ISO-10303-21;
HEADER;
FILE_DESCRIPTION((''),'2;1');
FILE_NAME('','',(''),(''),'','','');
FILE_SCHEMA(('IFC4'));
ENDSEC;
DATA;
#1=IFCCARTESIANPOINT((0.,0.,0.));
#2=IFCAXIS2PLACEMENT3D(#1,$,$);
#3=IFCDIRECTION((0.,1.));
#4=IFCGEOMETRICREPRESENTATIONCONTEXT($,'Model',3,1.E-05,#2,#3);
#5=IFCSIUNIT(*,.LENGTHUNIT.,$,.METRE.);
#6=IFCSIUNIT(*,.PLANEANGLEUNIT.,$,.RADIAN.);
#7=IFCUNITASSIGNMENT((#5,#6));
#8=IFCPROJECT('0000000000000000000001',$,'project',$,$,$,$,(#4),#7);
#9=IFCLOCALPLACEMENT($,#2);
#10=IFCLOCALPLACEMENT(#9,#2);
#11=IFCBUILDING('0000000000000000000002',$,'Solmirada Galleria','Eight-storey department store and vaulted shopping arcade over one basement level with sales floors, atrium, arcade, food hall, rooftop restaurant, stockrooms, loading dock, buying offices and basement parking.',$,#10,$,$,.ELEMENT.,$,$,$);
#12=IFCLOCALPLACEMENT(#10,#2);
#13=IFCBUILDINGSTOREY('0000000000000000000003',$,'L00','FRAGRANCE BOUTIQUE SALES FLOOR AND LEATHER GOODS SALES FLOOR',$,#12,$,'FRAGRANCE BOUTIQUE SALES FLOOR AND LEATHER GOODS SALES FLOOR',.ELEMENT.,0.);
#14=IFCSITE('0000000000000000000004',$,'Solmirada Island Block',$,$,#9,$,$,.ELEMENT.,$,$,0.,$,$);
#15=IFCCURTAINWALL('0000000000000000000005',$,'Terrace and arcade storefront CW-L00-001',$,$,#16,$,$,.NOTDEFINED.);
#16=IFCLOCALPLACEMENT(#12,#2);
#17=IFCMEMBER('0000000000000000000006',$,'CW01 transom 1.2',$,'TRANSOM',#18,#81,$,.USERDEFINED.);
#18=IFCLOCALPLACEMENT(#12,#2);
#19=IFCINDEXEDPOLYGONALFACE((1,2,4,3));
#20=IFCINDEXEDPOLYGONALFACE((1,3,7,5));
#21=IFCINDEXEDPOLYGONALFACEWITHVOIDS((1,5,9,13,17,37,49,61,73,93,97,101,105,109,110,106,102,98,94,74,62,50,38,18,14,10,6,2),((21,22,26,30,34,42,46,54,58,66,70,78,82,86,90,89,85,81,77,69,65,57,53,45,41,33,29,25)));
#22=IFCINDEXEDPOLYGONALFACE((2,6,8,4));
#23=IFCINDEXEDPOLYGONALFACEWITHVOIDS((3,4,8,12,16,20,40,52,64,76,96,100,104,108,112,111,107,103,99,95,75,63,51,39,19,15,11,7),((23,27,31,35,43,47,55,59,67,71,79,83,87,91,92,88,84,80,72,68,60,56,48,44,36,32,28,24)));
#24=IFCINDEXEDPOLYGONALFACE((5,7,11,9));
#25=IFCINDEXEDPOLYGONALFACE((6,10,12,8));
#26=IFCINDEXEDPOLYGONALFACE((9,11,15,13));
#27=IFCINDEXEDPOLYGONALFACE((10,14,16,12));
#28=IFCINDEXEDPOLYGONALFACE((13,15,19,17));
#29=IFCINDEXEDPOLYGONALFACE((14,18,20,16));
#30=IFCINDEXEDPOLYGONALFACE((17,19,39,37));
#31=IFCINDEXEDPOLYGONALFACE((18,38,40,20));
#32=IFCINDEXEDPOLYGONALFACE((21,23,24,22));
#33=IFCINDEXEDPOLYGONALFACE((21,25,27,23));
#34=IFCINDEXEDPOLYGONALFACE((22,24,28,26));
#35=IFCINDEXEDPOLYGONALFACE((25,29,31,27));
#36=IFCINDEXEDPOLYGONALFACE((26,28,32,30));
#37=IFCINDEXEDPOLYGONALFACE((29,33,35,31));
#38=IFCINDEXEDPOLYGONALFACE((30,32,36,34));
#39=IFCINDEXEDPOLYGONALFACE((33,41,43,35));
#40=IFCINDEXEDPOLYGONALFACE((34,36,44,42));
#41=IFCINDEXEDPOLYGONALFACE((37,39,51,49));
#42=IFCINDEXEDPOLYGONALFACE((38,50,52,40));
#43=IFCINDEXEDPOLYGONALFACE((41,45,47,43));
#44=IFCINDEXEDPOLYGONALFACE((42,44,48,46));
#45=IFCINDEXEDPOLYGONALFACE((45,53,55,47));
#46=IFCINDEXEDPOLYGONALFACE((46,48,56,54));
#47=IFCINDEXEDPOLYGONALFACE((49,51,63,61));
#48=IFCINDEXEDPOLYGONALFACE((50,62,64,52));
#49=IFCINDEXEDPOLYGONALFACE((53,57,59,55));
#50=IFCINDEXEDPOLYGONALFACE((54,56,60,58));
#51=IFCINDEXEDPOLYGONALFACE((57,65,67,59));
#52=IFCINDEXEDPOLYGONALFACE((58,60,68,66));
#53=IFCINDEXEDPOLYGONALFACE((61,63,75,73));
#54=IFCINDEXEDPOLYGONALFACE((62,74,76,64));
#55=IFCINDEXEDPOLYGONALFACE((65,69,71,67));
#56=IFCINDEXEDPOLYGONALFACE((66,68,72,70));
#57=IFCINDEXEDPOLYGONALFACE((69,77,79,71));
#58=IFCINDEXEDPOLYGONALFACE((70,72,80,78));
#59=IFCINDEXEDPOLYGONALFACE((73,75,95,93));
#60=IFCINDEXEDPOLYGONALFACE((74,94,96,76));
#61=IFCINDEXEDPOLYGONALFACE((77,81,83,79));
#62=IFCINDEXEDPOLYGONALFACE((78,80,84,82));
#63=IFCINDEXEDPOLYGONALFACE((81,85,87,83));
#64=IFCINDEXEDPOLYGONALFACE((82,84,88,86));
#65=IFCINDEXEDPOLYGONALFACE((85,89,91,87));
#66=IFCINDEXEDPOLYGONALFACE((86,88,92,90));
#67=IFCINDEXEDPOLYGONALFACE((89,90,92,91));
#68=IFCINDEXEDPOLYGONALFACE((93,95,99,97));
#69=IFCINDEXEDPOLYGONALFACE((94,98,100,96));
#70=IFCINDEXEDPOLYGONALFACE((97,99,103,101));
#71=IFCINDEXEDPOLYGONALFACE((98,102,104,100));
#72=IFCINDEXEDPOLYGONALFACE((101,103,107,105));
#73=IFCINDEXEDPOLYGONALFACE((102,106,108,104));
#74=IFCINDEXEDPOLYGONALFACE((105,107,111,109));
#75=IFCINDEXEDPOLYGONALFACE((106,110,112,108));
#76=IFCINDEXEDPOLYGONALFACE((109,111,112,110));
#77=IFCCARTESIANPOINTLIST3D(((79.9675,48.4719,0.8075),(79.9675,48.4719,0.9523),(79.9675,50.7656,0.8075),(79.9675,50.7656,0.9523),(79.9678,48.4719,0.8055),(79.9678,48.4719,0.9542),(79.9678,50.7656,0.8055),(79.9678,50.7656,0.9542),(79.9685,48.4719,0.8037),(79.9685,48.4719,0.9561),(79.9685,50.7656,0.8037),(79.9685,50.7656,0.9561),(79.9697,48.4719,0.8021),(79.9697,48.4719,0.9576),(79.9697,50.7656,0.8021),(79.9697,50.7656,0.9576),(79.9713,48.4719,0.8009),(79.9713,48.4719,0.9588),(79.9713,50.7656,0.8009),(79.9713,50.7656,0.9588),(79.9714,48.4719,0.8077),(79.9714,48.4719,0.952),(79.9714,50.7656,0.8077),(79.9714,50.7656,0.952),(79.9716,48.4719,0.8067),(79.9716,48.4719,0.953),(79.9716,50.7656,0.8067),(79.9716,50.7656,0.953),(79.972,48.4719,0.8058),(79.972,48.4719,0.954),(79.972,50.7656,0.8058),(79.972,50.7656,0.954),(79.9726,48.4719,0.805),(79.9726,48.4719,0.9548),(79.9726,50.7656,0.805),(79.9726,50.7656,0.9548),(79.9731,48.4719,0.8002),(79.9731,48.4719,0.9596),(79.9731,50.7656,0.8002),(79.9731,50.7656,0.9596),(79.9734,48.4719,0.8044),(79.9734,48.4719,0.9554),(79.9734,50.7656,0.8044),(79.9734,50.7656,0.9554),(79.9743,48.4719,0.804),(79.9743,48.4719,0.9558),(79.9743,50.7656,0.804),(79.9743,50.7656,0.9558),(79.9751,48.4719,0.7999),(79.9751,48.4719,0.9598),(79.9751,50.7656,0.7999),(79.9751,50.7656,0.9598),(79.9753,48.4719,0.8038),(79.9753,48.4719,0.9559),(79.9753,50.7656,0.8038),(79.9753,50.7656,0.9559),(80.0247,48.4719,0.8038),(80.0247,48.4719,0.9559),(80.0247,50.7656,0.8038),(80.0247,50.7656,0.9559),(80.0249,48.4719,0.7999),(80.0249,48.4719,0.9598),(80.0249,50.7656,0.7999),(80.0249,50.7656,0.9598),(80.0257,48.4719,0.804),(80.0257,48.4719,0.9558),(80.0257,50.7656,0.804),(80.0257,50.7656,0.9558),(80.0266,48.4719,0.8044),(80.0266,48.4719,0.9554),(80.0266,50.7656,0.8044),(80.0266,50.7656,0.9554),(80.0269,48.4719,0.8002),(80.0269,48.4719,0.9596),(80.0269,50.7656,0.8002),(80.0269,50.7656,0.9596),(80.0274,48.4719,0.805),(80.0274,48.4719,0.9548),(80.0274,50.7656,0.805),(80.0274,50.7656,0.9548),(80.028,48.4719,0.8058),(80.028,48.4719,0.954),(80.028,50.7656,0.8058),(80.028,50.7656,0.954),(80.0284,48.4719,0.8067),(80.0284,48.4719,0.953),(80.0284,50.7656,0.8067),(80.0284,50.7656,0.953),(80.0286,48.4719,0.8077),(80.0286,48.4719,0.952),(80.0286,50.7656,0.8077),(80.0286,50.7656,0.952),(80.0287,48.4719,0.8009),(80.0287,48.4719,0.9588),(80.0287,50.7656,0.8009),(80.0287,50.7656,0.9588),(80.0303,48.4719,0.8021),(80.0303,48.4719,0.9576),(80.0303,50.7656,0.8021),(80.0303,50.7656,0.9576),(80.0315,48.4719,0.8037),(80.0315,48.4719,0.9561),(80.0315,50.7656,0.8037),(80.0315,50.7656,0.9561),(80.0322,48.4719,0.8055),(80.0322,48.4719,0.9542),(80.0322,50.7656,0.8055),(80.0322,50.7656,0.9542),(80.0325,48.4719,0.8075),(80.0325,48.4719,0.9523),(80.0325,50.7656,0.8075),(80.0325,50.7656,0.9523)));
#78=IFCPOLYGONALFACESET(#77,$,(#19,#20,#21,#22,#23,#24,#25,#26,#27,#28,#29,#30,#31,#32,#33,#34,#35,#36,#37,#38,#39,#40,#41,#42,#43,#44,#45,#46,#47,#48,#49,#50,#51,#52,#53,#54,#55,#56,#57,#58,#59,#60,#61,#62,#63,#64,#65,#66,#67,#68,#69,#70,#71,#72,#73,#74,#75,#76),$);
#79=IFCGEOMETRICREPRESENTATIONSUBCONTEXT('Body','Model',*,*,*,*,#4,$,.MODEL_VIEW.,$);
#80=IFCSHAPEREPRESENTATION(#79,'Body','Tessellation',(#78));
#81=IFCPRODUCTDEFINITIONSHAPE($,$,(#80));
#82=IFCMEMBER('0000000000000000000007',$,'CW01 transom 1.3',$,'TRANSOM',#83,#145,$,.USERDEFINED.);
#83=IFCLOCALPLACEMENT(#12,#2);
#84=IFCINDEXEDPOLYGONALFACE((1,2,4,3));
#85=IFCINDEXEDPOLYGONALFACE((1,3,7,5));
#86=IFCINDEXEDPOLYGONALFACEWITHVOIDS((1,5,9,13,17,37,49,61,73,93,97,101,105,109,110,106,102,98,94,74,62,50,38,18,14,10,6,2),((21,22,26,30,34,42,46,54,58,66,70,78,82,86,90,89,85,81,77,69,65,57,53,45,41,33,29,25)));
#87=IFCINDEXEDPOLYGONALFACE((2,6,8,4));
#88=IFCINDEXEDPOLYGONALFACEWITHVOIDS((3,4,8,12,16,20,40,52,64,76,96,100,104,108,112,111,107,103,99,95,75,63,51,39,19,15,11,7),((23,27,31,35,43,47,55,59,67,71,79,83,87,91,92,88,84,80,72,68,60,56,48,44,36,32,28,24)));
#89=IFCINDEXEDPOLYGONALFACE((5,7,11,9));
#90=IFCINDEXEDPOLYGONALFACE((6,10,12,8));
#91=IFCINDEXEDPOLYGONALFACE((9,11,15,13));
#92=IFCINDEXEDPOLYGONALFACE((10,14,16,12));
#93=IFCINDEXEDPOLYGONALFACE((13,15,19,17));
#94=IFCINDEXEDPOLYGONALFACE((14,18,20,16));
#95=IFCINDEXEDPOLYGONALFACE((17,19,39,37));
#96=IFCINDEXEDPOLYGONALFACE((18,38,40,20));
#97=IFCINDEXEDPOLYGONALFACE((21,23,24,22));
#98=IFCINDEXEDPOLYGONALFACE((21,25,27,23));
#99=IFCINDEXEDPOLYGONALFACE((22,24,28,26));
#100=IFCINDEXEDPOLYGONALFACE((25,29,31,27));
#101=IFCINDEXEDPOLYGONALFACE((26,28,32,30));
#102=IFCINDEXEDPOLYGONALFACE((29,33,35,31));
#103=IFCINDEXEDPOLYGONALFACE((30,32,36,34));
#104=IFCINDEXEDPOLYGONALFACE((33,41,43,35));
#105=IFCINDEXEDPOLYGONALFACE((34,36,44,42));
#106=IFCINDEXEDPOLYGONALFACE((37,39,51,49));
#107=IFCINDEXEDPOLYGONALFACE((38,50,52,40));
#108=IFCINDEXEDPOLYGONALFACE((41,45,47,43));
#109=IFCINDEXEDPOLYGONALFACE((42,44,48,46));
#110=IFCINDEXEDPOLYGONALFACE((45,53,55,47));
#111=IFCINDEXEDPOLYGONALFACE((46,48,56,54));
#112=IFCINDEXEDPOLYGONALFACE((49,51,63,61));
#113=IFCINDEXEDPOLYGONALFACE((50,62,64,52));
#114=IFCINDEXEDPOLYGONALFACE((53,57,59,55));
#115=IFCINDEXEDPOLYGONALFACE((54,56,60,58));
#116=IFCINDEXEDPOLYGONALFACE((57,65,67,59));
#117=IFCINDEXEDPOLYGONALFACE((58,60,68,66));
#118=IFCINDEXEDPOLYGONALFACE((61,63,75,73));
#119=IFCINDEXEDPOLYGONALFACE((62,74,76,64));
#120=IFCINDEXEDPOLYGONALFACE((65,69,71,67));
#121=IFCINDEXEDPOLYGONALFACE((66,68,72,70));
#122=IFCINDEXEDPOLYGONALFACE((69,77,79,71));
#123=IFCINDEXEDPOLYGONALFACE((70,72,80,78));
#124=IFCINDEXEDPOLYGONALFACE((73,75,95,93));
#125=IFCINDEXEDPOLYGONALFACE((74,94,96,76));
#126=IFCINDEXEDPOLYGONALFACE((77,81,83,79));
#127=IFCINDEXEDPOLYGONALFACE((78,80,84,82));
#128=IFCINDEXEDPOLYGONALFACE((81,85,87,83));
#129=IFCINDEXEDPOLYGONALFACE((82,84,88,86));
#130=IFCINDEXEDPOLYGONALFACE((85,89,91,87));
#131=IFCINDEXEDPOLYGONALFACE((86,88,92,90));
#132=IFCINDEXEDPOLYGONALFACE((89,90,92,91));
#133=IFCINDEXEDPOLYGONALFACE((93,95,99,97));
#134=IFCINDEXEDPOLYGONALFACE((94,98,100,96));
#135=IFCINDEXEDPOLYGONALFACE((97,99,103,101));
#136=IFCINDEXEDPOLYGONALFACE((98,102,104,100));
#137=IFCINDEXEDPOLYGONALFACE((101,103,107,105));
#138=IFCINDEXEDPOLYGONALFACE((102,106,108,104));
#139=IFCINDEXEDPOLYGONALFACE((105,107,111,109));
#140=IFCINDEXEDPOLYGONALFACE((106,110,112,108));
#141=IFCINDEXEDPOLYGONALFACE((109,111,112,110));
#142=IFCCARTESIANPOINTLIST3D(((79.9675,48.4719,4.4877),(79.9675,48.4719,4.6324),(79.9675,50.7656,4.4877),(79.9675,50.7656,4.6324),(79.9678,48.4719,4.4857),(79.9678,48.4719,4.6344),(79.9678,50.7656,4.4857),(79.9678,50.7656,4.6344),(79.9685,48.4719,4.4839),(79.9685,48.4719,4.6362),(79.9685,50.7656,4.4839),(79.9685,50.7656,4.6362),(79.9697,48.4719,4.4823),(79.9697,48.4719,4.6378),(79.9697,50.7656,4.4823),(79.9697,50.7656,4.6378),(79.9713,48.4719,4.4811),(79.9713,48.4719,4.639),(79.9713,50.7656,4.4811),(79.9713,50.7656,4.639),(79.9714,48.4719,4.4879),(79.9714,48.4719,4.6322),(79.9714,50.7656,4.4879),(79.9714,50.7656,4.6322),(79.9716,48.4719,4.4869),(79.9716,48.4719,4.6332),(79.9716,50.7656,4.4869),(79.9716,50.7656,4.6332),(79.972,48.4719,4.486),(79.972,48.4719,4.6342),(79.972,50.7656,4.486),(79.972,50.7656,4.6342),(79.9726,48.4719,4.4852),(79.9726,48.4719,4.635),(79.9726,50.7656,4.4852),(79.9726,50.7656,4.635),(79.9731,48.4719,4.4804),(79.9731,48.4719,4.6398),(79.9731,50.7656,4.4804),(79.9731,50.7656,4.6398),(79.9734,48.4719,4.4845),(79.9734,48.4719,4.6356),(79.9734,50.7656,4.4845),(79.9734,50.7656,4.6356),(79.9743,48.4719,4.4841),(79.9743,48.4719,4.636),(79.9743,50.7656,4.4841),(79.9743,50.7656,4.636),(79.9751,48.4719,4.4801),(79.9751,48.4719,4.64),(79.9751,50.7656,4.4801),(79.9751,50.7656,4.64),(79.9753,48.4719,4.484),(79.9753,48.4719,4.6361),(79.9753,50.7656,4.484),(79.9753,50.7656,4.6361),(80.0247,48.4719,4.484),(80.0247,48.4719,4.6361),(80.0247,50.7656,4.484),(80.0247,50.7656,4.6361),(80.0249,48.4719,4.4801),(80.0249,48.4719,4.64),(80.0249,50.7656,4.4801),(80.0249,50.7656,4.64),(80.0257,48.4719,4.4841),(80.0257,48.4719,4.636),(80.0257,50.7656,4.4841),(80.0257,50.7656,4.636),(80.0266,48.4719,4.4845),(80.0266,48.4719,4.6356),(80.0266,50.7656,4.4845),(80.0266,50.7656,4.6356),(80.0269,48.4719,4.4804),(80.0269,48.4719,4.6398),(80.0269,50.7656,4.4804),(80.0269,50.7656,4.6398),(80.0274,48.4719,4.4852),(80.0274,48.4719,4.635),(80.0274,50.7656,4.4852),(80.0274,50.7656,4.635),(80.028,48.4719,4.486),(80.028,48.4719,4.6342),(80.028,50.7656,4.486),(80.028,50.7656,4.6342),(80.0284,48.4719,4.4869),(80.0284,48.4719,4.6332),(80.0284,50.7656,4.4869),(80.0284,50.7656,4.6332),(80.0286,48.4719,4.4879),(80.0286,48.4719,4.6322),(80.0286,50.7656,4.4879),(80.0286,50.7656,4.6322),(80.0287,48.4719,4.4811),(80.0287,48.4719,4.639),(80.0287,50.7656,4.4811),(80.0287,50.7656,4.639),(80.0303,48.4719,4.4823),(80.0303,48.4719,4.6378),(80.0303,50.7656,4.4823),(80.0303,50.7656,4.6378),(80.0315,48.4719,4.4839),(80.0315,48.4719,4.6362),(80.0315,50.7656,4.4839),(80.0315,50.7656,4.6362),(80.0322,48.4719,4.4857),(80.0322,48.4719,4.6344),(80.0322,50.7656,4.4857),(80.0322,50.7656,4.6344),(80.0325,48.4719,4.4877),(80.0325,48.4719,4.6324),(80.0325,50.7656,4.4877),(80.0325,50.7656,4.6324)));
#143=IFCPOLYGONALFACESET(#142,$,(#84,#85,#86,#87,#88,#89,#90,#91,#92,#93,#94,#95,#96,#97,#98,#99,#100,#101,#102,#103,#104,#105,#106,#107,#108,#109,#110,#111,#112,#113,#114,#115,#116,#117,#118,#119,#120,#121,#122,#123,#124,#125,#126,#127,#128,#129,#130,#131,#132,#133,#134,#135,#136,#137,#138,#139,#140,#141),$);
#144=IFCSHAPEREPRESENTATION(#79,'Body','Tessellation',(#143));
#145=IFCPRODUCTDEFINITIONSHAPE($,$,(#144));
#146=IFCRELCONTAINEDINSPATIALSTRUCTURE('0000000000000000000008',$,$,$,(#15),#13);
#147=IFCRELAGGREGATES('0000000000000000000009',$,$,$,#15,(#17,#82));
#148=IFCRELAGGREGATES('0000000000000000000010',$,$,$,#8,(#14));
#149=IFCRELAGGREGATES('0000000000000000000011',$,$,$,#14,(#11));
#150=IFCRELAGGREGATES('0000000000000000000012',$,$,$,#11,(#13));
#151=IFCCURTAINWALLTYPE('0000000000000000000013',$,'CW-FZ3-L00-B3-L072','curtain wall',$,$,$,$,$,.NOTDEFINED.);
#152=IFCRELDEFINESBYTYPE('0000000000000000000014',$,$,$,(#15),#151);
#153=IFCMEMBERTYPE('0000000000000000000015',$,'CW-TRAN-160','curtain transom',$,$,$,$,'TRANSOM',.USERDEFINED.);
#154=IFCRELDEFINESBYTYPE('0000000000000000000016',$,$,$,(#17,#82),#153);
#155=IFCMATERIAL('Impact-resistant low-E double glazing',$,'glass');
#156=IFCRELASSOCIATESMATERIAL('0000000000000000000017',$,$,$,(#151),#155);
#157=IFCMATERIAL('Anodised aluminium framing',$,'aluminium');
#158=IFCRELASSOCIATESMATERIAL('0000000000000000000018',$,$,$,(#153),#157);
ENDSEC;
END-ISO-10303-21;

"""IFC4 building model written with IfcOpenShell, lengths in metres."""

from ifc_helpers import new_model, si_unit, direction, frame, origin, origin_2d, place, context, subcontext, project, spatial, hollow_rectangle, extrude, material, material_profile, profile_set, type_object, element, aggregate, save


model = new_model("IFC4")

# Units and contexts
model_context = context("Model", 3, precision=1e-05, world=origin(), true_north=direction((0.0, 1.0)))
body_context = subcontext(model_context, "Body", "Model", "MODEL_VIEW")
ifc_project = project(units=[si_unit("LENGTHUNIT", "METRE"), si_unit("PLANEANGLEUNIT", "RADIAN")], contexts=[model_context])

# Site, building, storey
site_placement = place(None, origin())
site = spatial("IfcSite", under=ifc_project, at=site_placement, Name="Solmirada Island Block", CompositionType="ELEMENT", RefElevation=0.0)
building_placement = place(site_placement, origin())
building = spatial("IfcBuilding", under=site, at=building_placement, Name="Solmirada Galleria", Description="Eight-storey department store and vaulted shopping arcade over one basement level with sales floors, atrium, arcade, food hall, rooftop restaurant, stockrooms, loading dock, buying offices and basement parking.", CompositionType="ELEMENT")
storey_placement = place(building_placement, origin())
storey = spatial("IfcBuildingStorey", under=building, at=storey_placement, Name="L00", Description="FRAGRANCE BOUTIQUE SALES FLOOR AND LEATHER GOODS SALES FLOOR", LongName="FRAGRANCE BOUTIQUE SALES FLOOR AND LEATHER GOODS SALES FLOOR", CompositionType="ELEMENT", Elevation=0.0)

# Curtain wall
ifc_material_1 = material(Name="Impact-resistant low-E double glazing", Category="glass")
curtain_wall_type_1 = type_object("IfcCurtainWallType", Name="CW-FZ3-L00-B3-L072", Description="curtain wall", PredefinedType="NOTDEFINED", material=ifc_material_1)
curtain_wall_1_placement = place(storey_placement, origin())
curtain_wall_1 = element("IfcCurtainWall", 1, at=curtain_wall_1_placement, inside=storey, type_object=curtain_wall_type_1, Name="Terrace and arcade storefront CW-L00-001", PredefinedType="NOTDEFINED")
ifc_material_2 = material(Name="Anodised aluminium framing", Category="aluminium")

# Members
ifc_material_profile_1 = material_profile(ifc_material_2, hollow_rectangle(XDim=0.0649, YDim=0.1599, WallThickness=0.0039, InnerFilletRadius=0.0039, OuterFilletRadius=0.0076, at=origin_2d()), Name="ALU-TRAN-160X65")
ifc_profile_set_1 = profile_set([ifc_material_profile_1], Name="Anodised aluminium framing")
member_type_1 = type_object("IfcMemberType", Name="CW-TRAN-160", Description="curtain transom", ElementType="TRANSOM", PredefinedType="USERDEFINED", material=ifc_profile_set_1)
member_1_placement = place(storey_placement, frame((80.0, 48.4719, 0.8799), z_axis=(0.0, 1.0, 0.0), x_axis=(-1.0, 0.0, 0.0)))
member_1 = element("IfcMember", 2, at=member_1_placement, type_object=member_type_1, Name="CW01 transom 1.2", ObjectType="TRANSOM", PredefinedType="USERDEFINED", context=body_context, shape_type="SweptSolid", body=[
    extrude(hollow_rectangle(XDim=0.0649, YDim=0.1599, WallThickness=0.0039, InnerFilletRadius=0.0039, OuterFilletRadius=0.0076, at=origin_2d()), origin(), (0.0, 0.0, 1.0), 2.2937),
])
member_2_placement = place(storey_placement, frame((80.0, 48.4719, 4.5601), z_axis=(0.0, 1.0, 0.0), x_axis=(-1.0, 0.0, 0.0)))
member_2 = element("IfcMember", 3, at=member_2_placement, type_object=member_type_1, Name="CW01 transom 1.3", ObjectType="TRANSOM", PredefinedType="USERDEFINED", context=body_context, shape_type="SweptSolid", body=[
    extrude(hollow_rectangle(XDim=0.0649, YDim=0.1599, WallThickness=0.0039, InnerFilletRadius=0.0039, OuterFilletRadius=0.0076, at=origin_2d()), origin(), (0.0, 0.0, 1.0), 2.2937),
])
aggregate(curtain_wall_1, [member_1, member_2])

save(model, "model.ifc")
